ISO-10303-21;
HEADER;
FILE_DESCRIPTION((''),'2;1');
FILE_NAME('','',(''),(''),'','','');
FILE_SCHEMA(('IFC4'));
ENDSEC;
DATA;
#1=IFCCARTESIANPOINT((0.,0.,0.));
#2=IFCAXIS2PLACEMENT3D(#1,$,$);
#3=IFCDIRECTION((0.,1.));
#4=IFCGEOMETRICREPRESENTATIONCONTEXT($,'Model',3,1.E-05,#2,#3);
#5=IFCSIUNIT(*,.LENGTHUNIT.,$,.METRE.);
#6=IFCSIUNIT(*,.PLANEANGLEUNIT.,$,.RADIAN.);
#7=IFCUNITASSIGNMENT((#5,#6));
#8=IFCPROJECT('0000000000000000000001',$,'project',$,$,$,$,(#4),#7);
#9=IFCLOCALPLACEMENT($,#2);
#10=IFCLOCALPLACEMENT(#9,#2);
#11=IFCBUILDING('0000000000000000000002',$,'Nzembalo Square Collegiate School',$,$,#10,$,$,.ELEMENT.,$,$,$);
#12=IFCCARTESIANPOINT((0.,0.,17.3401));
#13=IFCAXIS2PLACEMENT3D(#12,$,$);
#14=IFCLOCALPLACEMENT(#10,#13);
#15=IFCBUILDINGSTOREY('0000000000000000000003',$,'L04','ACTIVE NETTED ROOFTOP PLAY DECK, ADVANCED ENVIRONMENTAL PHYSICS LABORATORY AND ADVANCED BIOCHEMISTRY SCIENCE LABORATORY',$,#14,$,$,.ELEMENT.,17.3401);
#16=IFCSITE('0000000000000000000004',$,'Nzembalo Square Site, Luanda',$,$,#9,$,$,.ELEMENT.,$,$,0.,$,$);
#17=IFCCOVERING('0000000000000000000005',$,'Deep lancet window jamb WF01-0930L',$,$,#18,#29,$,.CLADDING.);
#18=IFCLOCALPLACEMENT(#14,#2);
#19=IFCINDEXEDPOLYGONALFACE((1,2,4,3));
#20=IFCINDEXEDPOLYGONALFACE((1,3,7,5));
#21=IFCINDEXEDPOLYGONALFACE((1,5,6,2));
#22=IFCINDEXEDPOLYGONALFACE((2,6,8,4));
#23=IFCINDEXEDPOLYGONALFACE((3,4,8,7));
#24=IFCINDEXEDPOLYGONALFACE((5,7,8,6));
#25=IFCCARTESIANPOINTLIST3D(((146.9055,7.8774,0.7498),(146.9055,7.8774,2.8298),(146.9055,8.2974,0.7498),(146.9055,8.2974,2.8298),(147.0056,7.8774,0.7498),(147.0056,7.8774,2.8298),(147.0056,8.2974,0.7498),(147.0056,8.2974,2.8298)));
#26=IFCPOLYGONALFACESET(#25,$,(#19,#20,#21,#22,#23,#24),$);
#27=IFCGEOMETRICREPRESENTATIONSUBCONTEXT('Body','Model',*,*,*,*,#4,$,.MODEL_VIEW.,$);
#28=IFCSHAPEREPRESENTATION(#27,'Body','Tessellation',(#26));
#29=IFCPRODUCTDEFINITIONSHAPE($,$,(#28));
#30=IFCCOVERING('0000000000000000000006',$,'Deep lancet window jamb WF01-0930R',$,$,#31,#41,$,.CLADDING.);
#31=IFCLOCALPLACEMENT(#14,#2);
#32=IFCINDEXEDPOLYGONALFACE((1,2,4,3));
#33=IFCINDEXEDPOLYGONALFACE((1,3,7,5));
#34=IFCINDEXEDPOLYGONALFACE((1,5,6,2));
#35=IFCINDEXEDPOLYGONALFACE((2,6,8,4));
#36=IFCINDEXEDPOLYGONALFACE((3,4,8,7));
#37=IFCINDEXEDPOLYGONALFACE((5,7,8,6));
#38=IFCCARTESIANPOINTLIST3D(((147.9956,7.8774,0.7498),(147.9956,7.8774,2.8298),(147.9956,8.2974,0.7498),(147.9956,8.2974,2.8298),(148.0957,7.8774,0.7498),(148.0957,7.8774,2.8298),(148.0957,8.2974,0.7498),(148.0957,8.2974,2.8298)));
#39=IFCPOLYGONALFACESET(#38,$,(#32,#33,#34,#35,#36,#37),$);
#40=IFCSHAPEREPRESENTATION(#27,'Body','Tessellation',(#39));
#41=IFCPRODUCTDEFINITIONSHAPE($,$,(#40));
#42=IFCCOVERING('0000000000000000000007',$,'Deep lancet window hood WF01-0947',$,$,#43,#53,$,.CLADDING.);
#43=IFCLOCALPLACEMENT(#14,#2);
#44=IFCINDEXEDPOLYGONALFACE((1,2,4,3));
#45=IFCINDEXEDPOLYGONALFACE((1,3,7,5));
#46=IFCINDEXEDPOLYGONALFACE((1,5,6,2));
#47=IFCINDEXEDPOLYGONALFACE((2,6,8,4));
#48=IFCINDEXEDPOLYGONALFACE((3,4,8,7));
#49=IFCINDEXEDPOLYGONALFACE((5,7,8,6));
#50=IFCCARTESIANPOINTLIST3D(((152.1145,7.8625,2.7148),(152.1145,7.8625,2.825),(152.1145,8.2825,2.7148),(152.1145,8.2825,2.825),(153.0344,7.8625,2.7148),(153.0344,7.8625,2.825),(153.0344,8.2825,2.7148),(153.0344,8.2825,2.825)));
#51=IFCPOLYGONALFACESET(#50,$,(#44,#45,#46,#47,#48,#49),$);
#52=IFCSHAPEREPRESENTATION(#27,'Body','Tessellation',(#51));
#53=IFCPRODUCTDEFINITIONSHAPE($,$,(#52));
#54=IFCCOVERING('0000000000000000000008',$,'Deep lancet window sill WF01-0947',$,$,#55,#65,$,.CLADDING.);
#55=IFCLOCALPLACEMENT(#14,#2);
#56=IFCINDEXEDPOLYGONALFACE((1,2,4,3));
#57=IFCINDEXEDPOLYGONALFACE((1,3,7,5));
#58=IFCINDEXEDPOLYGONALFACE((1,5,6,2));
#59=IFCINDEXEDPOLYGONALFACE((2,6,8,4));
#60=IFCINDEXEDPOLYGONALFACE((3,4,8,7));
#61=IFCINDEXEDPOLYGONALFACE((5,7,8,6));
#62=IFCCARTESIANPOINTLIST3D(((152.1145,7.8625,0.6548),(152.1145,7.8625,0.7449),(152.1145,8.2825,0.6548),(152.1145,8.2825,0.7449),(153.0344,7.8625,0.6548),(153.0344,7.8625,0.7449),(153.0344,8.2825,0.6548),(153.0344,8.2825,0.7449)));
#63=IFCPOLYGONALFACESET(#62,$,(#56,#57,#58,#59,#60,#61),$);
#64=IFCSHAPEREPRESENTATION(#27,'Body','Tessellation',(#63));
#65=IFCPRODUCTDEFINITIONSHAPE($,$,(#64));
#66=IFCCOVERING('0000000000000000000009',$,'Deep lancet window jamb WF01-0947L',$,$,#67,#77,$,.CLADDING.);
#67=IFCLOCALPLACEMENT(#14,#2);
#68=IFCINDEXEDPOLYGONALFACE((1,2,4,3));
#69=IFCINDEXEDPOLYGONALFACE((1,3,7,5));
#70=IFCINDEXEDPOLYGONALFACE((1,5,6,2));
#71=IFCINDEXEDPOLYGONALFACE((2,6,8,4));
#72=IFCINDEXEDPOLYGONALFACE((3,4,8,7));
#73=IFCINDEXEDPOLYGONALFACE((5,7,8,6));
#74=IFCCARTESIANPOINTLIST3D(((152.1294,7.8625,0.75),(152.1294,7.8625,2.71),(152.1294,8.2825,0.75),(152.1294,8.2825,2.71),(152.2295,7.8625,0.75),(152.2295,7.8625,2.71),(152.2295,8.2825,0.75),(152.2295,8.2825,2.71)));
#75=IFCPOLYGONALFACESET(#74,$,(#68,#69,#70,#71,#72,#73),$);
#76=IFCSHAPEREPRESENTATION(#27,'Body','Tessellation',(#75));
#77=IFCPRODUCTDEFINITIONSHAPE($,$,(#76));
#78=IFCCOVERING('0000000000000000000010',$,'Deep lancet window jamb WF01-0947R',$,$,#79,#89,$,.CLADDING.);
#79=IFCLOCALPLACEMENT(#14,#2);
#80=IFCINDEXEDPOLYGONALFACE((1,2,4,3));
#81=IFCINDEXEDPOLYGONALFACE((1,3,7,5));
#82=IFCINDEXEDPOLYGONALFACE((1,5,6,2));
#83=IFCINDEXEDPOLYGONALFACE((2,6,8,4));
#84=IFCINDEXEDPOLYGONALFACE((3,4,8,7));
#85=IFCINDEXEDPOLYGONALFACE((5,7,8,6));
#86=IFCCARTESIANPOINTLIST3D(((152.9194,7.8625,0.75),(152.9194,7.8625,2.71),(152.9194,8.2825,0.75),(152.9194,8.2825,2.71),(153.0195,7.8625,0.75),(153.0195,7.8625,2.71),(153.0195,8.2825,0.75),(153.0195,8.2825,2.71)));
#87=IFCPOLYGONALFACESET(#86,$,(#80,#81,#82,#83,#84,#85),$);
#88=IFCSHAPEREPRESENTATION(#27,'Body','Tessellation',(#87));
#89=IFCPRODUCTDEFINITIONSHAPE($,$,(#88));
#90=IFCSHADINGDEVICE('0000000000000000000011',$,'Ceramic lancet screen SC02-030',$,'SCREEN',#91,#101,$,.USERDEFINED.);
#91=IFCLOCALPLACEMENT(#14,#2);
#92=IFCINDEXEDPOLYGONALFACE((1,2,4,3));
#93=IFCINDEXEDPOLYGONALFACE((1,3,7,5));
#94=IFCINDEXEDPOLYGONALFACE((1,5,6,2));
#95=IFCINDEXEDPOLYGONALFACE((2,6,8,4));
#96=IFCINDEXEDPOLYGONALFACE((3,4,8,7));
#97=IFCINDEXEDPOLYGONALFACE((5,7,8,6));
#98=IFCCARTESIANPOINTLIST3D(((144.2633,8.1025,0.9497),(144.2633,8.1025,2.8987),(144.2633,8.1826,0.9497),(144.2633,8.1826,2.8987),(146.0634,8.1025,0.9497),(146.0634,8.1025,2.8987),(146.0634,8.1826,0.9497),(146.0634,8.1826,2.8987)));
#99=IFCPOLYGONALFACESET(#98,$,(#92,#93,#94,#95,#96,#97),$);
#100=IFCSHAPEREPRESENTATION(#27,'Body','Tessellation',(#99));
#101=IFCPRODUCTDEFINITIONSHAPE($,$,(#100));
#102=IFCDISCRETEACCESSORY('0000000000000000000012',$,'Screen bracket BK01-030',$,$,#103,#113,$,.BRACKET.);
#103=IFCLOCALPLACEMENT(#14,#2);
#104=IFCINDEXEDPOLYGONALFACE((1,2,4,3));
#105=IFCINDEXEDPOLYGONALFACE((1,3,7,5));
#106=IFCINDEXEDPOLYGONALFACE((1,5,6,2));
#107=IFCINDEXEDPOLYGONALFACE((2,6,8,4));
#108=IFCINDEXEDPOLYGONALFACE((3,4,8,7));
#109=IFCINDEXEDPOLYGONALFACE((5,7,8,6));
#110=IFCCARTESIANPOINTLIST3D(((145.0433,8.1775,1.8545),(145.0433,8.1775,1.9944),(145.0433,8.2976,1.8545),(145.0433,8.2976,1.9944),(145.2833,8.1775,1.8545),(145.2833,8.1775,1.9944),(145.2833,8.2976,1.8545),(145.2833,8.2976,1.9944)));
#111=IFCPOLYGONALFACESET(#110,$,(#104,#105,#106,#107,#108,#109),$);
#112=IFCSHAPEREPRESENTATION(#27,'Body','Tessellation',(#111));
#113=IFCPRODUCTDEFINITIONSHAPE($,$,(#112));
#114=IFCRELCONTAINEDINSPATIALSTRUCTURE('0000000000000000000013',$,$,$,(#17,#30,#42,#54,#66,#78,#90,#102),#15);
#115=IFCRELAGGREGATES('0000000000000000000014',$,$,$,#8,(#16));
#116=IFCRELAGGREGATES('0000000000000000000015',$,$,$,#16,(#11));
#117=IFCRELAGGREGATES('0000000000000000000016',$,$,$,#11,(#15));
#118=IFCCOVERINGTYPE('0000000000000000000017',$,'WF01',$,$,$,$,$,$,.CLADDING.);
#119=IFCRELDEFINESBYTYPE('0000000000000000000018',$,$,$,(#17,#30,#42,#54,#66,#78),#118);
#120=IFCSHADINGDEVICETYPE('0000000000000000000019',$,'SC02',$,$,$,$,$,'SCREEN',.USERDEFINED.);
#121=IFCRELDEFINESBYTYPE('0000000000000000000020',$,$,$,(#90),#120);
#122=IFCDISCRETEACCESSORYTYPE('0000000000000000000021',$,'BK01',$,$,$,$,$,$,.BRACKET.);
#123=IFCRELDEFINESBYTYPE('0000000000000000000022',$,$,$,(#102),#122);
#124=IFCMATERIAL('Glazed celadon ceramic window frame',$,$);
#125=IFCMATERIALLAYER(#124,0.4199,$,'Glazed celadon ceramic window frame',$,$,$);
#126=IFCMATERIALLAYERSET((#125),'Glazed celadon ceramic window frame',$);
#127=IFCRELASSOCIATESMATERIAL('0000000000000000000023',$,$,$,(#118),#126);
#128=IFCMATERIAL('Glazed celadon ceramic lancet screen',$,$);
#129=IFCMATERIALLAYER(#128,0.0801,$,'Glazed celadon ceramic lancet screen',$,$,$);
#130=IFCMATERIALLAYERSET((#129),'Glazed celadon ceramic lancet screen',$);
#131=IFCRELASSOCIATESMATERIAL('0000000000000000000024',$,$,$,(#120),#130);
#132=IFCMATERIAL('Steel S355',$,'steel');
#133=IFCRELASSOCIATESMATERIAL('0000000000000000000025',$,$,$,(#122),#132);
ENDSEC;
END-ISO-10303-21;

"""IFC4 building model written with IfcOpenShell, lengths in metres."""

from ifc_helpers import new_model, si_unit, direction, frame, origin, origin_2d, place, context, subcontext, project, spatial, rectangle, extrude, material, layer, layer_set, type_object, element, save


model = new_model("IFC4")

# Units and contexts
model_context = context("Model", 3, precision=1e-05, world=origin(), true_north=direction((0.0, 1.0)))
body_context = subcontext(model_context, "Body", "Model", "MODEL_VIEW")
ifc_project = project(units=[si_unit("LENGTHUNIT", "METRE"), si_unit("PLANEANGLEUNIT", "RADIAN")], contexts=[model_context])

# Site, building, storey
site_placement = place(None, origin())
site = spatial("IfcSite", under=ifc_project, at=site_placement, Name="Nzembalo Square Site, Luanda", CompositionType="ELEMENT", RefElevation=0.0)
building_placement = place(site_placement, origin())
building = spatial("IfcBuilding", under=site, at=building_placement, Name="Nzembalo Square Collegiate School", CompositionType="ELEMENT")
storey_placement = place(building_placement, frame((0.0, 0.0, 17.3401)))
storey = spatial("IfcBuildingStorey", under=building, at=storey_placement, Name="L04", Description="ACTIVE NETTED ROOFTOP PLAY DECK, ADVANCED ENVIRONMENTAL PHYSICS LABORATORY AND ADVANCED BIOCHEMISTRY SCIENCE LABORATORY", CompositionType="ELEMENT", Elevation=17.3401)

# Coverings
ifc_material_1 = material(Name="Glazed celadon ceramic window frame")
ifc_layer_1 = layer(ifc_material_1, 0.4199, Name="Glazed celadon ceramic window frame")
ifc_layer_set_1 = layer_set([ifc_layer_1], Name="Glazed celadon ceramic window frame")
covering_type_1 = type_object("IfcCoveringType", Name="WF01", PredefinedType="CLADDING", material=ifc_layer_set_1)
for number, where, z_axis, x_axis, name in (
    (1, (146.9556, 8.0874, 0.7498), (0.0, 0.0, 1.0), (1.0, 0.0, 0.0), "Deep lancet window jamb WF01-0930L"),
    (2, (148.0457, 8.0874, 0.7498), (0.0, 0.0, 1.0), (1.0, 0.0, 0.0), "Deep lancet window jamb WF01-0930R"),
):
    element("IfcCovering", number, at=place(storey_placement, frame(where, z_axis=z_axis, x_axis=x_axis)), inside=storey, type_object=covering_type_1, Name=name, PredefinedType="CLADDING", context=body_context, shape_type="SweptSolid", body=[
        extrude(rectangle(XDim=0.1001, YDim=0.4199, at=origin_2d()), origin(), (0.0, 0.0, 1.0), 2.0801),
    ])
covering_1_placement = place(storey_placement, frame((152.5745, 8.0725, 2.7148), z_axis=(0.0, 0.0, 1.0), x_axis=(1.0, 0.0, 0.0)))
element("IfcCovering", 3, at=covering_1_placement, inside=storey, type_object=covering_type_1, Name="Deep lancet window hood WF01-0947", PredefinedType="CLADDING", context=body_context, shape_type="SweptSolid", body=[
    extrude(rectangle(XDim=0.9199, YDim=0.4199, at=origin_2d()), origin(), (0.0, 0.0, 1.0), 0.1101),
])
covering_2_placement = place(storey_placement, frame((152.5745, 8.0725, 0.6548), z_axis=(0.0, 0.0, 1.0), x_axis=(1.0, 0.0, 0.0)))
element("IfcCovering", 4, at=covering_2_placement, inside=storey, type_object=covering_type_1, Name="Deep lancet window sill WF01-0947", PredefinedType="CLADDING", context=body_context, shape_type="SweptSolid", body=[
    extrude(rectangle(XDim=0.9199, YDim=0.4199, at=origin_2d()), origin(), (0.0, 0.0, 1.0), 0.0901),
])
for number, where, z_axis, x_axis, name in (
    (5, (152.1794, 8.0725, 0.75), (0.0, 0.0, 1.0), (1.0, 0.0, 0.0), "Deep lancet window jamb WF01-0947L"),
    (6, (152.9695, 8.0725, 0.75), (0.0, 0.0, 1.0), (1.0, 0.0, 0.0), "Deep lancet window jamb WF01-0947R"),
):
    element("IfcCovering", number, at=place(storey_placement, frame(where, z_axis=z_axis, x_axis=x_axis)), inside=storey, type_object=covering_type_1, Name=name, PredefinedType="CLADDING", context=body_context, shape_type="SweptSolid", body=[
        extrude(rectangle(XDim=0.1001, YDim=0.4199, at=origin_2d()), origin(), (0.0, 0.0, 1.0), 1.96),
    ])

# Shading device
ifc_material_2 = material(Name="Glazed celadon ceramic lancet screen")
ifc_layer_2 = layer(ifc_material_2, 0.0801, Name="Glazed celadon ceramic lancet screen")
ifc_layer_set_2 = layer_set([ifc_layer_2], Name="Glazed celadon ceramic lancet screen")
shading_device_type = type_object("IfcShadingDeviceType", Name="SC02", ElementType="SCREEN", PredefinedType="USERDEFINED", material=ifc_layer_set_2)
shading_device_placement = place(storey_placement, frame((145.1633, 8.1426, 0.9497), z_axis=(0.0, 0.0, 1.0), x_axis=(1.0, 0.0, 0.0)))
element("IfcShadingDevice", 7, at=shading_device_placement, inside=storey, type_object=shading_device_type, Name="Ceramic lancet screen SC02-030", ObjectType="SCREEN", PredefinedType="USERDEFINED", context=body_context, shape_type="SweptSolid", body=[
    extrude(rectangle(XDim=1.8, YDim=0.0801, at=origin_2d()), origin(), (0.0, 0.0, 1.0), 1.949),
])

# Discrete accessory
ifc_material_3 = material(Name="Steel S355", Category="steel")
discrete_accessory_type = type_object("IfcDiscreteAccessoryType", Name="BK01", PredefinedType="BRACKET", material=ifc_material_3)
discrete_accessory_placement = place(storey_placement, frame((145.1633, 8.2375, 1.8545), z_axis=(0.0, 0.0, 1.0), x_axis=(1.0, 0.0, 0.0)))
element("IfcDiscreteAccessory", 8, at=discrete_accessory_placement, inside=storey, type_object=discrete_accessory_type, Name="Screen bracket BK01-030", PredefinedType="BRACKET", context=body_context, shape_type="SweptSolid", body=[
    extrude(rectangle(XDim=0.24, YDim=0.1201, at=origin_2d()), origin(), (0.0, 0.0, 1.0), 0.1399),
])

save(model, "model.ifc")
